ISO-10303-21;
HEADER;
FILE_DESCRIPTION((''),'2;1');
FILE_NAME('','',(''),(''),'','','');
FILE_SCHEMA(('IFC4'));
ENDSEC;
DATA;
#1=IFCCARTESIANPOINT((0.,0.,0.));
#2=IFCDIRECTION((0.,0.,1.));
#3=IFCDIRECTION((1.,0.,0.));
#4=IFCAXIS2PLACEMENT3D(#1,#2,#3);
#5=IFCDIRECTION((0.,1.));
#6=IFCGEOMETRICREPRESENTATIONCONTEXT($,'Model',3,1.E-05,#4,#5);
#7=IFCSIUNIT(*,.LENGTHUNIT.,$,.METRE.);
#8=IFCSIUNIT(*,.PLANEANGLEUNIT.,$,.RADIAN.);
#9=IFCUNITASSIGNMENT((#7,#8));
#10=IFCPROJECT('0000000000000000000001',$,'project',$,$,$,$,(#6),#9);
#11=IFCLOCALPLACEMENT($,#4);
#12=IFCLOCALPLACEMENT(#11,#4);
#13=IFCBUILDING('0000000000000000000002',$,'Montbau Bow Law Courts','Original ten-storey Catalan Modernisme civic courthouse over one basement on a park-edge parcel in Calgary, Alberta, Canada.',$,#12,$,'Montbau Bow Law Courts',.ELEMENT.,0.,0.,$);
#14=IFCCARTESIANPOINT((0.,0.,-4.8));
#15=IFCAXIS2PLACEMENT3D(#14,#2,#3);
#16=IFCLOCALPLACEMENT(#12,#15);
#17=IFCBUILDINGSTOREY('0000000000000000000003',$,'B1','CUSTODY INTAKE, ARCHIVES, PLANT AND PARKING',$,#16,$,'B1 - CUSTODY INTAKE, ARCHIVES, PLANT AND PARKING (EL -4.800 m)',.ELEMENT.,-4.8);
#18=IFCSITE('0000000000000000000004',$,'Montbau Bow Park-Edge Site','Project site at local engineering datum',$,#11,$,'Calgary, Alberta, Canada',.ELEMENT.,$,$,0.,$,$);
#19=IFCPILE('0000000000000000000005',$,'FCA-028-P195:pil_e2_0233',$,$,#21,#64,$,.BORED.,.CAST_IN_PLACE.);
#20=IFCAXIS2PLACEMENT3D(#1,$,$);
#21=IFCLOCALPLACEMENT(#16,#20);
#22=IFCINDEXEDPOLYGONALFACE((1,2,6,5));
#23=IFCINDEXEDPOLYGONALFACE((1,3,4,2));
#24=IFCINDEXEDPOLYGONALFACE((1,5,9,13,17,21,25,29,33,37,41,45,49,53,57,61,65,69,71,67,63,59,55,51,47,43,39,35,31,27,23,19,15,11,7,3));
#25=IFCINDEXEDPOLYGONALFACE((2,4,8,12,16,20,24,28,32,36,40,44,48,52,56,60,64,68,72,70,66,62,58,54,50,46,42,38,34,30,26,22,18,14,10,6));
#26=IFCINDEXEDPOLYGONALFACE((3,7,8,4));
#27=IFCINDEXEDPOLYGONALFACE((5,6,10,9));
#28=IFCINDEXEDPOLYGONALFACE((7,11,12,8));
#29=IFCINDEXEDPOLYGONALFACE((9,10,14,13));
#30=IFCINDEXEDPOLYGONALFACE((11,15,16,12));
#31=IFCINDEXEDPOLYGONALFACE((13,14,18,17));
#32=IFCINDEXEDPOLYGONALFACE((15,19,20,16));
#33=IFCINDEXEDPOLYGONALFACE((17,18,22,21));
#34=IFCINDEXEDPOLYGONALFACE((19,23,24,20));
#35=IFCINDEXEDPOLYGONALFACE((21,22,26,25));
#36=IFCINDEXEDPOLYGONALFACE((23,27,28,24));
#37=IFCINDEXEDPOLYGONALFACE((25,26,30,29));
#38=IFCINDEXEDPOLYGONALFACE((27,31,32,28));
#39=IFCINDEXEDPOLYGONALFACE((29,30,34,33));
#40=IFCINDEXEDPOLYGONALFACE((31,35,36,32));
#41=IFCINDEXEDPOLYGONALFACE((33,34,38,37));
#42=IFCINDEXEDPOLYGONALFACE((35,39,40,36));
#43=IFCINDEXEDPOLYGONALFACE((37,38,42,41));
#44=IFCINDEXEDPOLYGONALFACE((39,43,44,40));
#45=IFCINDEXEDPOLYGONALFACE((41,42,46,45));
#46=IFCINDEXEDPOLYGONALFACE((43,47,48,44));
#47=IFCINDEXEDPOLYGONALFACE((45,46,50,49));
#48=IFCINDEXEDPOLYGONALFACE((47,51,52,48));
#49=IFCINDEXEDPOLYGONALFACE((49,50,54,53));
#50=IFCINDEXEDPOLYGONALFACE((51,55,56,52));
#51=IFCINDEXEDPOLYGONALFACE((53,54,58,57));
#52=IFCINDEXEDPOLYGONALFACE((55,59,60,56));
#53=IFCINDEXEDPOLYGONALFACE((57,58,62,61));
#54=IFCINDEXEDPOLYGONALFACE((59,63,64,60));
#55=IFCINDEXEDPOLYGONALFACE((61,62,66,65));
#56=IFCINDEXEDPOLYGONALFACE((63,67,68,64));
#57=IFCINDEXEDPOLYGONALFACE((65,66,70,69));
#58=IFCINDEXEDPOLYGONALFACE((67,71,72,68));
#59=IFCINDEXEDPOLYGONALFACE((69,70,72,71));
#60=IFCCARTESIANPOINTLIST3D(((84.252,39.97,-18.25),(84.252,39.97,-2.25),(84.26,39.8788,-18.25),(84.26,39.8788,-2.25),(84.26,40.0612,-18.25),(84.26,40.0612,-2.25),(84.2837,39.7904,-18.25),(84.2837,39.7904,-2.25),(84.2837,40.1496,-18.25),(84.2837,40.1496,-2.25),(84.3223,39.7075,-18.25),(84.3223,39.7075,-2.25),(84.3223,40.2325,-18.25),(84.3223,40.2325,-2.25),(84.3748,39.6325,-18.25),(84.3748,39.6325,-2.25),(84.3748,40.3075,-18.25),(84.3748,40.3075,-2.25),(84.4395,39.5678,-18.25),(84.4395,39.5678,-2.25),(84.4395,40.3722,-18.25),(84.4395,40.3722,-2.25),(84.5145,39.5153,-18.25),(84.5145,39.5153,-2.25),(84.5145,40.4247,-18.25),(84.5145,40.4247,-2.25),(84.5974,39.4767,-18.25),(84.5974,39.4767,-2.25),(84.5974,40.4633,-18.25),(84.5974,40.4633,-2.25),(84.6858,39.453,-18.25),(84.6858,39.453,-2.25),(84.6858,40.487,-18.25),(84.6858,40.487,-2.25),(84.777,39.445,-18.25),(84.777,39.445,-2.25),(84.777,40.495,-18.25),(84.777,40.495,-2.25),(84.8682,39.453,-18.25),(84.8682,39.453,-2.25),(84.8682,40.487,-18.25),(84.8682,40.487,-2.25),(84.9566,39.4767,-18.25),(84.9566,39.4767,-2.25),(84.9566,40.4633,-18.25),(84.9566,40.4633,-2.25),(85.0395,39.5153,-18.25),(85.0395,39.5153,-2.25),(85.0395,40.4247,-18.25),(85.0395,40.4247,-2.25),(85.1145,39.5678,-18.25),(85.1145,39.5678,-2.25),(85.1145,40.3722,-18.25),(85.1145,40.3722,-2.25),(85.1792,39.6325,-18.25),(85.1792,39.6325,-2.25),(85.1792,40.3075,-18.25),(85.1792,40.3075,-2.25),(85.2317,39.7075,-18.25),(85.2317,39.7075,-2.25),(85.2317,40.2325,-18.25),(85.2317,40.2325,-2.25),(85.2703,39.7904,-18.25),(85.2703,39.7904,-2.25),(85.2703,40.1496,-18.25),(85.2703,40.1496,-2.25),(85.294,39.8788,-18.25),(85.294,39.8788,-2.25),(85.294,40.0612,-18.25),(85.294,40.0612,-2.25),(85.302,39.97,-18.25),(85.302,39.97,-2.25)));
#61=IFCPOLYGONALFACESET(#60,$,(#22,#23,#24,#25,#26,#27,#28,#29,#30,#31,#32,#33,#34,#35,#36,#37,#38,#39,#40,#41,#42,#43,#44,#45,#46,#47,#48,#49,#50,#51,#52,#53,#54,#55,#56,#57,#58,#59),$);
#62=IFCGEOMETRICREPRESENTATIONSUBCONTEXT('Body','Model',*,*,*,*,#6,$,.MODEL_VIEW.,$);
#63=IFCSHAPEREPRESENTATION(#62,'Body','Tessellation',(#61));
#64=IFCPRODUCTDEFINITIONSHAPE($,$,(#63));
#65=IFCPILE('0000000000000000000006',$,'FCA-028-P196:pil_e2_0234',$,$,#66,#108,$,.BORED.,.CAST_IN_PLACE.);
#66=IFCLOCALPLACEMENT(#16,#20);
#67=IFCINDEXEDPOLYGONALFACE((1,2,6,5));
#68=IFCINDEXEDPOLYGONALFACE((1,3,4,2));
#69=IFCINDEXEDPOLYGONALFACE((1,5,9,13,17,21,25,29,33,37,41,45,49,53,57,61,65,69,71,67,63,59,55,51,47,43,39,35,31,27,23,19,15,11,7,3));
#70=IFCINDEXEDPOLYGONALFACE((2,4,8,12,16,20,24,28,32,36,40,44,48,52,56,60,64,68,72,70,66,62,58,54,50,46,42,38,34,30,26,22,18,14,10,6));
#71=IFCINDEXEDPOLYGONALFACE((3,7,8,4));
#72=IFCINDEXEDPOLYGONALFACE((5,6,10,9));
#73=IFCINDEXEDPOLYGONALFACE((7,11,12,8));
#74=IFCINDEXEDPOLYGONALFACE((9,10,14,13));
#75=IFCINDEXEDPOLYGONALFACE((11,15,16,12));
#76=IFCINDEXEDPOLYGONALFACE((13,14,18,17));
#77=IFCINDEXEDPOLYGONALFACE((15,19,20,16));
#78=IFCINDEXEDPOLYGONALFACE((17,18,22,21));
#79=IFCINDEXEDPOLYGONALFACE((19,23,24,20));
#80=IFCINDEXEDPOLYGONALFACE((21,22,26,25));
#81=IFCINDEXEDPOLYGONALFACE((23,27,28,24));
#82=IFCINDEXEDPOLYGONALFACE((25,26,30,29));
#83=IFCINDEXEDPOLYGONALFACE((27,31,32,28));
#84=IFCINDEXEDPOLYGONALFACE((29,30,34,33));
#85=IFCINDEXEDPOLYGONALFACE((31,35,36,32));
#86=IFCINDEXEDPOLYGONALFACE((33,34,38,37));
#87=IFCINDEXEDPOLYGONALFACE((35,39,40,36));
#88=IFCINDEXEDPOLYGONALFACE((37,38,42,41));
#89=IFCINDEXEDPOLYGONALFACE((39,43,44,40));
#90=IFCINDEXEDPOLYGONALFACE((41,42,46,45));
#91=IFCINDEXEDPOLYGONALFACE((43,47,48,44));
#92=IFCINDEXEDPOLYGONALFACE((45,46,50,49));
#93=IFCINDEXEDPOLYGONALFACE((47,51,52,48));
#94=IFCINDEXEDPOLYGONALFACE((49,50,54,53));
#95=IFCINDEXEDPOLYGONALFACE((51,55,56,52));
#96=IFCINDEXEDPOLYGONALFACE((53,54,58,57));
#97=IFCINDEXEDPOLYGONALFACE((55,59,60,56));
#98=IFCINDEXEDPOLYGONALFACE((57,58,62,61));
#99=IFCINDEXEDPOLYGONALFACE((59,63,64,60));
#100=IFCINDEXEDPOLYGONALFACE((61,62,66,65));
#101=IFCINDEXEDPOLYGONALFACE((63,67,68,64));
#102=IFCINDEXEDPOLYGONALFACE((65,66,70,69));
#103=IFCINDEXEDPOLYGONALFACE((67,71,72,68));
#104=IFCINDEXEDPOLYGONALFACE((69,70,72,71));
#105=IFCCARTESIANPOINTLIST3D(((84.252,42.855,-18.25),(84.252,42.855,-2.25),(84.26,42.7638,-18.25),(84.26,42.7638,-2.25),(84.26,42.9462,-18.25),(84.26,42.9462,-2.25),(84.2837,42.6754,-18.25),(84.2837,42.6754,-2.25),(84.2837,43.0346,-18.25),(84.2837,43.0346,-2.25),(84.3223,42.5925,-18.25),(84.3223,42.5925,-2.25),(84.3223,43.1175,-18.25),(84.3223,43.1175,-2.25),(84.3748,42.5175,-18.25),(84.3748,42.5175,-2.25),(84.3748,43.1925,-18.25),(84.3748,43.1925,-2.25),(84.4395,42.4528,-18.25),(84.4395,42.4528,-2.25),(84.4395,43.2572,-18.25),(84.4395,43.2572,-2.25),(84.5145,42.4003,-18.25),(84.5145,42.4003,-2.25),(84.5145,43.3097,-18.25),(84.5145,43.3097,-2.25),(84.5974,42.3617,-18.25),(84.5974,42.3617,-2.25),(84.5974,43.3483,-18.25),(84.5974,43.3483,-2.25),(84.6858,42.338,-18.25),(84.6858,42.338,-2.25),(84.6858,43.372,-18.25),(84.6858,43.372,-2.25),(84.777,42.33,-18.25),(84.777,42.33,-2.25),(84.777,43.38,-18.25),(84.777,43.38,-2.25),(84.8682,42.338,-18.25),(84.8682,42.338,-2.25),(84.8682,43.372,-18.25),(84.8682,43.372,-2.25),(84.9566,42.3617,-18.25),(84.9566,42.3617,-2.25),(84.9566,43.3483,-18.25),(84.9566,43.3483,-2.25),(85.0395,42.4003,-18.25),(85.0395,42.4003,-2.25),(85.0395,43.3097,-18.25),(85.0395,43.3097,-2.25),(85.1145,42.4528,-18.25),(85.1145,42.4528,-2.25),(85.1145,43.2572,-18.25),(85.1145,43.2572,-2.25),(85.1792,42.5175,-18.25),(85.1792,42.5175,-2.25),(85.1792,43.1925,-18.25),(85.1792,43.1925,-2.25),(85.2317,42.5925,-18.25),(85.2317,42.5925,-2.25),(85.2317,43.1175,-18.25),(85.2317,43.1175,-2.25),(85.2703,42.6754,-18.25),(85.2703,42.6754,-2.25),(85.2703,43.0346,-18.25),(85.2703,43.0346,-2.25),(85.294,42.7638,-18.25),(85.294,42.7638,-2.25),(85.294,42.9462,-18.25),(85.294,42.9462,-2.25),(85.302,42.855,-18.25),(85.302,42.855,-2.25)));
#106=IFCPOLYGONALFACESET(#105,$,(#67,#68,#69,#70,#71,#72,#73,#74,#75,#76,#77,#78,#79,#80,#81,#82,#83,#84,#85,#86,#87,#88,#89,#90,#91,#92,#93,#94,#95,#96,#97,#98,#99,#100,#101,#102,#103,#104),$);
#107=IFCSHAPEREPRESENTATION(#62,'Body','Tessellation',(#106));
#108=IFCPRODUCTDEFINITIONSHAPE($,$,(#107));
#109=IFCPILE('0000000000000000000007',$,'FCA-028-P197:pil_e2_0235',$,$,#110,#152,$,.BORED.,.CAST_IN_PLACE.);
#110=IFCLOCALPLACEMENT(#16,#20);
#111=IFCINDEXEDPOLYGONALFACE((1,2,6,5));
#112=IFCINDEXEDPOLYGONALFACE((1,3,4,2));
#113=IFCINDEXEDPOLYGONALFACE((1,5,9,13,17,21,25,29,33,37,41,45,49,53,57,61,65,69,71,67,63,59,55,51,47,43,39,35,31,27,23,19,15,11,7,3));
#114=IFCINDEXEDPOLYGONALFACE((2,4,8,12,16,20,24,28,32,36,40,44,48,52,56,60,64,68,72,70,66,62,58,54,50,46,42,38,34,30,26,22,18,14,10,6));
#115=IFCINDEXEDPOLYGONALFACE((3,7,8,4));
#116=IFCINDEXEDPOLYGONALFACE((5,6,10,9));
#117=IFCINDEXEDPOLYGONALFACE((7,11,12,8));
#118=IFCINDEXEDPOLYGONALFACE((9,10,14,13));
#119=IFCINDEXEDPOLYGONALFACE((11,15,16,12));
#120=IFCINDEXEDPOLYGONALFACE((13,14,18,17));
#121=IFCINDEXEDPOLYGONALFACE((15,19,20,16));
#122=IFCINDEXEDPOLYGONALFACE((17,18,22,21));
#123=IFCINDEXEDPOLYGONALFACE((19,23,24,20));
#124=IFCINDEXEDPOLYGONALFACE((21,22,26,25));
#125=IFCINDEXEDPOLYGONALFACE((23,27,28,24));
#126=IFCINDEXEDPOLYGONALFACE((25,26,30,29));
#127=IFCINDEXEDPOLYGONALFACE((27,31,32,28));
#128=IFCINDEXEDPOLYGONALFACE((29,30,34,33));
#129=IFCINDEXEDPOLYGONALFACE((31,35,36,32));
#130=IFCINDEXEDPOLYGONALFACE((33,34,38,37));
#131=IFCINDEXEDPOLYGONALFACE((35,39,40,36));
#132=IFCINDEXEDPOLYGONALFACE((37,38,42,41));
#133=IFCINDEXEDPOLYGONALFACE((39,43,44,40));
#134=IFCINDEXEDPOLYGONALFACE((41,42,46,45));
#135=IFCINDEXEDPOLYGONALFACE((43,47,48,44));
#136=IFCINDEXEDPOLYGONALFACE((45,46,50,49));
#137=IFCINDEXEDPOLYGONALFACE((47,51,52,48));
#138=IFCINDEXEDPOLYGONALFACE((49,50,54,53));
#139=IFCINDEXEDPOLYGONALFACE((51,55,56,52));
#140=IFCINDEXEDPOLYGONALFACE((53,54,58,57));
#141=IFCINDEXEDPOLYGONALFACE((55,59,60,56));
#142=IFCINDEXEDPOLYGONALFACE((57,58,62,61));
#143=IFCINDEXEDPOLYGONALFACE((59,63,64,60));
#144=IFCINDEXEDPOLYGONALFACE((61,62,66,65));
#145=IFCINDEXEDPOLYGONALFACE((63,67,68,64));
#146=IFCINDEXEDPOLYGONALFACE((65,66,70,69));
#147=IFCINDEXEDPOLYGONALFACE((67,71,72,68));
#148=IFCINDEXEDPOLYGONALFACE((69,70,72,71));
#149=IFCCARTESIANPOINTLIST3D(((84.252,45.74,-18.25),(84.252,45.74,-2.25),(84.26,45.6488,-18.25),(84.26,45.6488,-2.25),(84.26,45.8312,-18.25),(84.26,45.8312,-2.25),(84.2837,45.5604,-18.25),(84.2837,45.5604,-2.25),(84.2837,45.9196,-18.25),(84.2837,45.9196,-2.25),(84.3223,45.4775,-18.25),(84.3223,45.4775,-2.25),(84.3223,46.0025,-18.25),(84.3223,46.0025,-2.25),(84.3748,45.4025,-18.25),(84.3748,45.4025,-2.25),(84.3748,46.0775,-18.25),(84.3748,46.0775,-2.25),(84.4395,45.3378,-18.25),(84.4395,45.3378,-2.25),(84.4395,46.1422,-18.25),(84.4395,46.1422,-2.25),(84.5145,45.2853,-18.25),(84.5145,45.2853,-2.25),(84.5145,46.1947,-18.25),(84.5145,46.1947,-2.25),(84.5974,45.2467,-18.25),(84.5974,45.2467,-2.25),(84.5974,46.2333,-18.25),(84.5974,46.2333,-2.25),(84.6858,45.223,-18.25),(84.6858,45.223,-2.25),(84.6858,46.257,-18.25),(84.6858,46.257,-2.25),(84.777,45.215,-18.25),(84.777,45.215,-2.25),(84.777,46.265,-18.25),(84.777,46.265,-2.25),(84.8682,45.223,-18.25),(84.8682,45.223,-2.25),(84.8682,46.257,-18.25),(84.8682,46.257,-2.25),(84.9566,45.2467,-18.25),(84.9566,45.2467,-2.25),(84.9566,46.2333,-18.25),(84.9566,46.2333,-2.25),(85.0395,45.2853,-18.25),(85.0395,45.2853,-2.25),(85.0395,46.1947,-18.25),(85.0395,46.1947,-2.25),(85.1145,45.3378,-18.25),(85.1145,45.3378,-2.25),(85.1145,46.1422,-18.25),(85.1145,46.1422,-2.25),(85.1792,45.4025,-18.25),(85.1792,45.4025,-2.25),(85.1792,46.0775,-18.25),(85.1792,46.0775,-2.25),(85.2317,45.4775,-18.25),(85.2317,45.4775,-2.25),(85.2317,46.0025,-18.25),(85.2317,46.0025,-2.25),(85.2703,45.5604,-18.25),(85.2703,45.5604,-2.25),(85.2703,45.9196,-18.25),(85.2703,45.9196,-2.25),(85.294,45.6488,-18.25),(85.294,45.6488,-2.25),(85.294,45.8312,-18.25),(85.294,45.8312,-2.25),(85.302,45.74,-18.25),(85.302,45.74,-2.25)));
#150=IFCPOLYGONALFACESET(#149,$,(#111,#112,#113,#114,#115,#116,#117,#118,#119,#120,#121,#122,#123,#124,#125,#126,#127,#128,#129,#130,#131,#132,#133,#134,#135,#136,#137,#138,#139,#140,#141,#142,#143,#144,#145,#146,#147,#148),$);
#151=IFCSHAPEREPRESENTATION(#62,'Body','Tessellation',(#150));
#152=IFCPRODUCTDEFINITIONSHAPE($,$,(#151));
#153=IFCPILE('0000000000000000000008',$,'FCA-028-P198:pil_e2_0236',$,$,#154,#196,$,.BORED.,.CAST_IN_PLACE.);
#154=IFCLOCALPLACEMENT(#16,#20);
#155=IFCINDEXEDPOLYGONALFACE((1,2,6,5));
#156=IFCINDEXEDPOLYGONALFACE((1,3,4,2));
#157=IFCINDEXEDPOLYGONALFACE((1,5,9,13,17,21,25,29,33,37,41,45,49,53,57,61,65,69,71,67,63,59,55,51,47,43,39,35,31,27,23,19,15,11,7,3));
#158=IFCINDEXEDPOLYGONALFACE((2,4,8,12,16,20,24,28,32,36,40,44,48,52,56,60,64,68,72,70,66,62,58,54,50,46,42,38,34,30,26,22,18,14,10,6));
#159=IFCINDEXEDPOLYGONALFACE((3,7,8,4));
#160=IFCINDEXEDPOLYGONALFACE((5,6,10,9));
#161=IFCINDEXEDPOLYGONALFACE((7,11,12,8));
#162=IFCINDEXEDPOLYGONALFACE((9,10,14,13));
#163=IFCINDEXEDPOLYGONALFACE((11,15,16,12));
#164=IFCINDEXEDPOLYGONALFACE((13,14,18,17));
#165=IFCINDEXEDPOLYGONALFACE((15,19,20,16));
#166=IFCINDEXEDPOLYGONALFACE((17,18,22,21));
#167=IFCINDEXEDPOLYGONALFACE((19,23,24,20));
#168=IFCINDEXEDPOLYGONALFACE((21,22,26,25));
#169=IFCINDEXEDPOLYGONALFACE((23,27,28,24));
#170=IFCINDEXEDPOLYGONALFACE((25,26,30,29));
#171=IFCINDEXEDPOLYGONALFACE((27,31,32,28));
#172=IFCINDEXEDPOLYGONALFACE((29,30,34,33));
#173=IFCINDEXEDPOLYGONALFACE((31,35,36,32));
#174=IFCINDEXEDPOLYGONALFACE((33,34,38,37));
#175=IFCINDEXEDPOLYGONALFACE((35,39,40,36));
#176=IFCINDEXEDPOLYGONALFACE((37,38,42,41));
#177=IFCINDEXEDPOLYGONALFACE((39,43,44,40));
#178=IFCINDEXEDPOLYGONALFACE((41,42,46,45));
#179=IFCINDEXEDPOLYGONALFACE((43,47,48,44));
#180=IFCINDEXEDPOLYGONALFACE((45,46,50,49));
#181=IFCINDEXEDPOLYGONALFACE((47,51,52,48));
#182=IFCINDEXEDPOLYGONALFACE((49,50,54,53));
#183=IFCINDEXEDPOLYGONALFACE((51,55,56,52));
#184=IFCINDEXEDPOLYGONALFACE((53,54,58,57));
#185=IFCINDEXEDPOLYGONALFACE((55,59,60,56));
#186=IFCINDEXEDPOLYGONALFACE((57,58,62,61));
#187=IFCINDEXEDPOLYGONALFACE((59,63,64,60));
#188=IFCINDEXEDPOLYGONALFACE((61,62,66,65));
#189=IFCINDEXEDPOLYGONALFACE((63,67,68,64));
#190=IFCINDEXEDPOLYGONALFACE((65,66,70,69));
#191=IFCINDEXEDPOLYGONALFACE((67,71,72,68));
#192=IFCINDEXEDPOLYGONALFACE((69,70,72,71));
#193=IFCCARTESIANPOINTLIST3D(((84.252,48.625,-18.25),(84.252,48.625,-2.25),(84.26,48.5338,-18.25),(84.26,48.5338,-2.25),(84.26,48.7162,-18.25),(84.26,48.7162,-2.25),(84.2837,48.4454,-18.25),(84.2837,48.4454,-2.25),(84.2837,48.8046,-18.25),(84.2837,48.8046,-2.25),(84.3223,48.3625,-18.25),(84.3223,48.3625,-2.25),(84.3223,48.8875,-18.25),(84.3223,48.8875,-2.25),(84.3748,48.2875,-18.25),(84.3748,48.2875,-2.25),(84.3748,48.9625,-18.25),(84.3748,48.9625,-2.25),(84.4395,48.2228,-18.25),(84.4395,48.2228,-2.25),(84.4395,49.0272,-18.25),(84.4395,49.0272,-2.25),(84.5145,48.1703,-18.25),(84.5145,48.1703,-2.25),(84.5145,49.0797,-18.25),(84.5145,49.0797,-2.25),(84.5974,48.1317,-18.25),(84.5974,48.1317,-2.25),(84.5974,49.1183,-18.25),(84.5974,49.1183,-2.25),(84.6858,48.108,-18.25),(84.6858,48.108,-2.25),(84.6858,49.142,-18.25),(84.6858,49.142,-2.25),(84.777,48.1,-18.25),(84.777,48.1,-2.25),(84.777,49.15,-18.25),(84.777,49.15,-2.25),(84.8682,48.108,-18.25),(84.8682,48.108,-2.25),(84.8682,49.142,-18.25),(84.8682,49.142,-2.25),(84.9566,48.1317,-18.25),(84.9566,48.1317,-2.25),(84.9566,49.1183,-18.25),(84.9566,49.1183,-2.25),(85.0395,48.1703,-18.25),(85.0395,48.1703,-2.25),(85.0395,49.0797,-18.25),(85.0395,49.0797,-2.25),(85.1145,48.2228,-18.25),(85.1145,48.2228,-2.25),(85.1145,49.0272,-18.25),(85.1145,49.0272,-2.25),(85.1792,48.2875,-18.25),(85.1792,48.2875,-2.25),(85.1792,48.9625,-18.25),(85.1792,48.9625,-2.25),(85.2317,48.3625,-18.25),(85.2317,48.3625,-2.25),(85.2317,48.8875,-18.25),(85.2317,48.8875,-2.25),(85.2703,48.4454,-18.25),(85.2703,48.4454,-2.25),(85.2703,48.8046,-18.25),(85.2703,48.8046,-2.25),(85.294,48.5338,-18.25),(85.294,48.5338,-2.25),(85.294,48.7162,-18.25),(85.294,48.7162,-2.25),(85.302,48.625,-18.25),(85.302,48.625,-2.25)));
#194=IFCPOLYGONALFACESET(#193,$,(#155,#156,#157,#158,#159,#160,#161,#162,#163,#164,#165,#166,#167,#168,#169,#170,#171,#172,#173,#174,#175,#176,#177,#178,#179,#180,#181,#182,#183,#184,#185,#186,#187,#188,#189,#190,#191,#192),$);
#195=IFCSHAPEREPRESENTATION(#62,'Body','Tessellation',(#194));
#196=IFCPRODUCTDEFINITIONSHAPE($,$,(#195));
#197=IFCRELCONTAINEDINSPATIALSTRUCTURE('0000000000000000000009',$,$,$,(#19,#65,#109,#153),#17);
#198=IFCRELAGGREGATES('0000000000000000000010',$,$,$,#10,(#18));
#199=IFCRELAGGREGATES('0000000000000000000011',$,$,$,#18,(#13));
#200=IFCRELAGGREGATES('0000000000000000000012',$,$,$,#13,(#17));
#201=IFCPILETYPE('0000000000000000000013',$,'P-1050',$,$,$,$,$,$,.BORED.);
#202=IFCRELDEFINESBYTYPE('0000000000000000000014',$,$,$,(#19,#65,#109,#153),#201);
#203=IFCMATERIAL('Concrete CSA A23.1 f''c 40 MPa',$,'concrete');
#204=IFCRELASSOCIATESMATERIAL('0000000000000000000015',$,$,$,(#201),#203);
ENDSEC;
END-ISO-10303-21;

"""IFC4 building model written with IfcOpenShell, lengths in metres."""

from ifc_helpers import new_model, si_unit, direction, frame, origin_with_axes, origin_2d_with_axis, place, context, subcontext, project, spatial, circle, extrude, material, material_profile, profile_set, type_object, element, save


model = new_model("IFC4")

# Units and contexts
model_context = context("Model", 3, precision=1e-05, world=origin_with_axes(), true_north=direction((0.0, 1.0)))
body_context = subcontext(model_context, "Body", "Model", "MODEL_VIEW")
ifc_project = project(units=[si_unit("LENGTHUNIT", "METRE"), si_unit("PLANEANGLEUNIT", "RADIAN")], contexts=[model_context])

# Site, building, storey
site_placement = place(None, origin_with_axes())
site = spatial("IfcSite", under=ifc_project, at=site_placement, Name="Montbau Bow Park-Edge Site", Description="Project site at local engineering datum", LongName="Calgary, Alberta, Canada", CompositionType="ELEMENT", RefElevation=0.0)
building_placement = place(site_placement, origin_with_axes())
building = spatial("IfcBuilding", under=site, at=building_placement, Name="Montbau Bow Law Courts", Description="Original ten-storey Catalan Modernisme civic courthouse over one basement on a park-edge parcel in Calgary, Alberta, Canada.", LongName="Montbau Bow Law Courts", CompositionType="ELEMENT", ElevationOfRefHeight=0.0, ElevationOfTerrain=0.0)
storey_placement = place(building_placement, frame((0.0, 0.0, -4.8), z_axis=(0.0, 0.0, 1.0), x_axis=(1.0, 0.0, 0.0)))
storey = spatial("IfcBuildingStorey", under=building, at=storey_placement, Name="B1", Description="CUSTODY INTAKE, ARCHIVES, PLANT AND PARKING", LongName="B1 - CUSTODY INTAKE, ARCHIVES, PLANT AND PARKING (EL -4.800 m)", CompositionType="ELEMENT", Elevation=-4.8)

# Piles
ifc_material_1 = material(Name="Concrete CSA A23.1 f'c 40 MPa", Category="concrete")
ifc_material_profile_1 = material_profile(ifc_material_1, circle(Radius=0.525, at=origin_2d_with_axis()), Name="BP1050", Category="Main", Priority=0)
ifc_profile_set_1 = profile_set([ifc_material_profile_1], Name="Concrete CSA A23.1 f'c 40 MPa")
pile_type = type_object("IfcPileType", Name="P-1050", PredefinedType="BORED", material=ifc_profile_set_1)
for number, where, z_axis, x_axis, name in (
    (1, (84.777, 39.97, -23.05), (0.0, 0.0, 1.0), (1.0, 0.0, 0.0), "FCA-028-P195:pil_e2_0233"),
    (2, (84.777, 42.855, -23.05), (0.0, 0.0, 1.0), (1.0, 0.0, 0.0), "FCA-028-P196:pil_e2_0234"),
    (3, (84.777, 45.74, -23.05), (0.0, 0.0, 1.0), (1.0, 0.0, 0.0), "FCA-028-P197:pil_e2_0235"),
    (4, (84.777, 48.625, -23.05), (0.0, 0.0, 1.0), (1.0, 0.0, 0.0), "FCA-028-P198:pil_e2_0236"),
):
    element("IfcPile", number, at=place(None, frame(where, z_axis=z_axis, x_axis=x_axis)), inside=storey, type_object=pile_type, Name=name, ConstructionType="CAST_IN_PLACE", PredefinedType="BORED", context=body_context, shape_type="SweptSolid", body=[
        extrude(circle(Radius=0.525, at=origin_2d_with_axis()), origin_with_axes(), (0.0, 0.0, 1.0), 16.0),
    ])

save(model, "model.ifc")
